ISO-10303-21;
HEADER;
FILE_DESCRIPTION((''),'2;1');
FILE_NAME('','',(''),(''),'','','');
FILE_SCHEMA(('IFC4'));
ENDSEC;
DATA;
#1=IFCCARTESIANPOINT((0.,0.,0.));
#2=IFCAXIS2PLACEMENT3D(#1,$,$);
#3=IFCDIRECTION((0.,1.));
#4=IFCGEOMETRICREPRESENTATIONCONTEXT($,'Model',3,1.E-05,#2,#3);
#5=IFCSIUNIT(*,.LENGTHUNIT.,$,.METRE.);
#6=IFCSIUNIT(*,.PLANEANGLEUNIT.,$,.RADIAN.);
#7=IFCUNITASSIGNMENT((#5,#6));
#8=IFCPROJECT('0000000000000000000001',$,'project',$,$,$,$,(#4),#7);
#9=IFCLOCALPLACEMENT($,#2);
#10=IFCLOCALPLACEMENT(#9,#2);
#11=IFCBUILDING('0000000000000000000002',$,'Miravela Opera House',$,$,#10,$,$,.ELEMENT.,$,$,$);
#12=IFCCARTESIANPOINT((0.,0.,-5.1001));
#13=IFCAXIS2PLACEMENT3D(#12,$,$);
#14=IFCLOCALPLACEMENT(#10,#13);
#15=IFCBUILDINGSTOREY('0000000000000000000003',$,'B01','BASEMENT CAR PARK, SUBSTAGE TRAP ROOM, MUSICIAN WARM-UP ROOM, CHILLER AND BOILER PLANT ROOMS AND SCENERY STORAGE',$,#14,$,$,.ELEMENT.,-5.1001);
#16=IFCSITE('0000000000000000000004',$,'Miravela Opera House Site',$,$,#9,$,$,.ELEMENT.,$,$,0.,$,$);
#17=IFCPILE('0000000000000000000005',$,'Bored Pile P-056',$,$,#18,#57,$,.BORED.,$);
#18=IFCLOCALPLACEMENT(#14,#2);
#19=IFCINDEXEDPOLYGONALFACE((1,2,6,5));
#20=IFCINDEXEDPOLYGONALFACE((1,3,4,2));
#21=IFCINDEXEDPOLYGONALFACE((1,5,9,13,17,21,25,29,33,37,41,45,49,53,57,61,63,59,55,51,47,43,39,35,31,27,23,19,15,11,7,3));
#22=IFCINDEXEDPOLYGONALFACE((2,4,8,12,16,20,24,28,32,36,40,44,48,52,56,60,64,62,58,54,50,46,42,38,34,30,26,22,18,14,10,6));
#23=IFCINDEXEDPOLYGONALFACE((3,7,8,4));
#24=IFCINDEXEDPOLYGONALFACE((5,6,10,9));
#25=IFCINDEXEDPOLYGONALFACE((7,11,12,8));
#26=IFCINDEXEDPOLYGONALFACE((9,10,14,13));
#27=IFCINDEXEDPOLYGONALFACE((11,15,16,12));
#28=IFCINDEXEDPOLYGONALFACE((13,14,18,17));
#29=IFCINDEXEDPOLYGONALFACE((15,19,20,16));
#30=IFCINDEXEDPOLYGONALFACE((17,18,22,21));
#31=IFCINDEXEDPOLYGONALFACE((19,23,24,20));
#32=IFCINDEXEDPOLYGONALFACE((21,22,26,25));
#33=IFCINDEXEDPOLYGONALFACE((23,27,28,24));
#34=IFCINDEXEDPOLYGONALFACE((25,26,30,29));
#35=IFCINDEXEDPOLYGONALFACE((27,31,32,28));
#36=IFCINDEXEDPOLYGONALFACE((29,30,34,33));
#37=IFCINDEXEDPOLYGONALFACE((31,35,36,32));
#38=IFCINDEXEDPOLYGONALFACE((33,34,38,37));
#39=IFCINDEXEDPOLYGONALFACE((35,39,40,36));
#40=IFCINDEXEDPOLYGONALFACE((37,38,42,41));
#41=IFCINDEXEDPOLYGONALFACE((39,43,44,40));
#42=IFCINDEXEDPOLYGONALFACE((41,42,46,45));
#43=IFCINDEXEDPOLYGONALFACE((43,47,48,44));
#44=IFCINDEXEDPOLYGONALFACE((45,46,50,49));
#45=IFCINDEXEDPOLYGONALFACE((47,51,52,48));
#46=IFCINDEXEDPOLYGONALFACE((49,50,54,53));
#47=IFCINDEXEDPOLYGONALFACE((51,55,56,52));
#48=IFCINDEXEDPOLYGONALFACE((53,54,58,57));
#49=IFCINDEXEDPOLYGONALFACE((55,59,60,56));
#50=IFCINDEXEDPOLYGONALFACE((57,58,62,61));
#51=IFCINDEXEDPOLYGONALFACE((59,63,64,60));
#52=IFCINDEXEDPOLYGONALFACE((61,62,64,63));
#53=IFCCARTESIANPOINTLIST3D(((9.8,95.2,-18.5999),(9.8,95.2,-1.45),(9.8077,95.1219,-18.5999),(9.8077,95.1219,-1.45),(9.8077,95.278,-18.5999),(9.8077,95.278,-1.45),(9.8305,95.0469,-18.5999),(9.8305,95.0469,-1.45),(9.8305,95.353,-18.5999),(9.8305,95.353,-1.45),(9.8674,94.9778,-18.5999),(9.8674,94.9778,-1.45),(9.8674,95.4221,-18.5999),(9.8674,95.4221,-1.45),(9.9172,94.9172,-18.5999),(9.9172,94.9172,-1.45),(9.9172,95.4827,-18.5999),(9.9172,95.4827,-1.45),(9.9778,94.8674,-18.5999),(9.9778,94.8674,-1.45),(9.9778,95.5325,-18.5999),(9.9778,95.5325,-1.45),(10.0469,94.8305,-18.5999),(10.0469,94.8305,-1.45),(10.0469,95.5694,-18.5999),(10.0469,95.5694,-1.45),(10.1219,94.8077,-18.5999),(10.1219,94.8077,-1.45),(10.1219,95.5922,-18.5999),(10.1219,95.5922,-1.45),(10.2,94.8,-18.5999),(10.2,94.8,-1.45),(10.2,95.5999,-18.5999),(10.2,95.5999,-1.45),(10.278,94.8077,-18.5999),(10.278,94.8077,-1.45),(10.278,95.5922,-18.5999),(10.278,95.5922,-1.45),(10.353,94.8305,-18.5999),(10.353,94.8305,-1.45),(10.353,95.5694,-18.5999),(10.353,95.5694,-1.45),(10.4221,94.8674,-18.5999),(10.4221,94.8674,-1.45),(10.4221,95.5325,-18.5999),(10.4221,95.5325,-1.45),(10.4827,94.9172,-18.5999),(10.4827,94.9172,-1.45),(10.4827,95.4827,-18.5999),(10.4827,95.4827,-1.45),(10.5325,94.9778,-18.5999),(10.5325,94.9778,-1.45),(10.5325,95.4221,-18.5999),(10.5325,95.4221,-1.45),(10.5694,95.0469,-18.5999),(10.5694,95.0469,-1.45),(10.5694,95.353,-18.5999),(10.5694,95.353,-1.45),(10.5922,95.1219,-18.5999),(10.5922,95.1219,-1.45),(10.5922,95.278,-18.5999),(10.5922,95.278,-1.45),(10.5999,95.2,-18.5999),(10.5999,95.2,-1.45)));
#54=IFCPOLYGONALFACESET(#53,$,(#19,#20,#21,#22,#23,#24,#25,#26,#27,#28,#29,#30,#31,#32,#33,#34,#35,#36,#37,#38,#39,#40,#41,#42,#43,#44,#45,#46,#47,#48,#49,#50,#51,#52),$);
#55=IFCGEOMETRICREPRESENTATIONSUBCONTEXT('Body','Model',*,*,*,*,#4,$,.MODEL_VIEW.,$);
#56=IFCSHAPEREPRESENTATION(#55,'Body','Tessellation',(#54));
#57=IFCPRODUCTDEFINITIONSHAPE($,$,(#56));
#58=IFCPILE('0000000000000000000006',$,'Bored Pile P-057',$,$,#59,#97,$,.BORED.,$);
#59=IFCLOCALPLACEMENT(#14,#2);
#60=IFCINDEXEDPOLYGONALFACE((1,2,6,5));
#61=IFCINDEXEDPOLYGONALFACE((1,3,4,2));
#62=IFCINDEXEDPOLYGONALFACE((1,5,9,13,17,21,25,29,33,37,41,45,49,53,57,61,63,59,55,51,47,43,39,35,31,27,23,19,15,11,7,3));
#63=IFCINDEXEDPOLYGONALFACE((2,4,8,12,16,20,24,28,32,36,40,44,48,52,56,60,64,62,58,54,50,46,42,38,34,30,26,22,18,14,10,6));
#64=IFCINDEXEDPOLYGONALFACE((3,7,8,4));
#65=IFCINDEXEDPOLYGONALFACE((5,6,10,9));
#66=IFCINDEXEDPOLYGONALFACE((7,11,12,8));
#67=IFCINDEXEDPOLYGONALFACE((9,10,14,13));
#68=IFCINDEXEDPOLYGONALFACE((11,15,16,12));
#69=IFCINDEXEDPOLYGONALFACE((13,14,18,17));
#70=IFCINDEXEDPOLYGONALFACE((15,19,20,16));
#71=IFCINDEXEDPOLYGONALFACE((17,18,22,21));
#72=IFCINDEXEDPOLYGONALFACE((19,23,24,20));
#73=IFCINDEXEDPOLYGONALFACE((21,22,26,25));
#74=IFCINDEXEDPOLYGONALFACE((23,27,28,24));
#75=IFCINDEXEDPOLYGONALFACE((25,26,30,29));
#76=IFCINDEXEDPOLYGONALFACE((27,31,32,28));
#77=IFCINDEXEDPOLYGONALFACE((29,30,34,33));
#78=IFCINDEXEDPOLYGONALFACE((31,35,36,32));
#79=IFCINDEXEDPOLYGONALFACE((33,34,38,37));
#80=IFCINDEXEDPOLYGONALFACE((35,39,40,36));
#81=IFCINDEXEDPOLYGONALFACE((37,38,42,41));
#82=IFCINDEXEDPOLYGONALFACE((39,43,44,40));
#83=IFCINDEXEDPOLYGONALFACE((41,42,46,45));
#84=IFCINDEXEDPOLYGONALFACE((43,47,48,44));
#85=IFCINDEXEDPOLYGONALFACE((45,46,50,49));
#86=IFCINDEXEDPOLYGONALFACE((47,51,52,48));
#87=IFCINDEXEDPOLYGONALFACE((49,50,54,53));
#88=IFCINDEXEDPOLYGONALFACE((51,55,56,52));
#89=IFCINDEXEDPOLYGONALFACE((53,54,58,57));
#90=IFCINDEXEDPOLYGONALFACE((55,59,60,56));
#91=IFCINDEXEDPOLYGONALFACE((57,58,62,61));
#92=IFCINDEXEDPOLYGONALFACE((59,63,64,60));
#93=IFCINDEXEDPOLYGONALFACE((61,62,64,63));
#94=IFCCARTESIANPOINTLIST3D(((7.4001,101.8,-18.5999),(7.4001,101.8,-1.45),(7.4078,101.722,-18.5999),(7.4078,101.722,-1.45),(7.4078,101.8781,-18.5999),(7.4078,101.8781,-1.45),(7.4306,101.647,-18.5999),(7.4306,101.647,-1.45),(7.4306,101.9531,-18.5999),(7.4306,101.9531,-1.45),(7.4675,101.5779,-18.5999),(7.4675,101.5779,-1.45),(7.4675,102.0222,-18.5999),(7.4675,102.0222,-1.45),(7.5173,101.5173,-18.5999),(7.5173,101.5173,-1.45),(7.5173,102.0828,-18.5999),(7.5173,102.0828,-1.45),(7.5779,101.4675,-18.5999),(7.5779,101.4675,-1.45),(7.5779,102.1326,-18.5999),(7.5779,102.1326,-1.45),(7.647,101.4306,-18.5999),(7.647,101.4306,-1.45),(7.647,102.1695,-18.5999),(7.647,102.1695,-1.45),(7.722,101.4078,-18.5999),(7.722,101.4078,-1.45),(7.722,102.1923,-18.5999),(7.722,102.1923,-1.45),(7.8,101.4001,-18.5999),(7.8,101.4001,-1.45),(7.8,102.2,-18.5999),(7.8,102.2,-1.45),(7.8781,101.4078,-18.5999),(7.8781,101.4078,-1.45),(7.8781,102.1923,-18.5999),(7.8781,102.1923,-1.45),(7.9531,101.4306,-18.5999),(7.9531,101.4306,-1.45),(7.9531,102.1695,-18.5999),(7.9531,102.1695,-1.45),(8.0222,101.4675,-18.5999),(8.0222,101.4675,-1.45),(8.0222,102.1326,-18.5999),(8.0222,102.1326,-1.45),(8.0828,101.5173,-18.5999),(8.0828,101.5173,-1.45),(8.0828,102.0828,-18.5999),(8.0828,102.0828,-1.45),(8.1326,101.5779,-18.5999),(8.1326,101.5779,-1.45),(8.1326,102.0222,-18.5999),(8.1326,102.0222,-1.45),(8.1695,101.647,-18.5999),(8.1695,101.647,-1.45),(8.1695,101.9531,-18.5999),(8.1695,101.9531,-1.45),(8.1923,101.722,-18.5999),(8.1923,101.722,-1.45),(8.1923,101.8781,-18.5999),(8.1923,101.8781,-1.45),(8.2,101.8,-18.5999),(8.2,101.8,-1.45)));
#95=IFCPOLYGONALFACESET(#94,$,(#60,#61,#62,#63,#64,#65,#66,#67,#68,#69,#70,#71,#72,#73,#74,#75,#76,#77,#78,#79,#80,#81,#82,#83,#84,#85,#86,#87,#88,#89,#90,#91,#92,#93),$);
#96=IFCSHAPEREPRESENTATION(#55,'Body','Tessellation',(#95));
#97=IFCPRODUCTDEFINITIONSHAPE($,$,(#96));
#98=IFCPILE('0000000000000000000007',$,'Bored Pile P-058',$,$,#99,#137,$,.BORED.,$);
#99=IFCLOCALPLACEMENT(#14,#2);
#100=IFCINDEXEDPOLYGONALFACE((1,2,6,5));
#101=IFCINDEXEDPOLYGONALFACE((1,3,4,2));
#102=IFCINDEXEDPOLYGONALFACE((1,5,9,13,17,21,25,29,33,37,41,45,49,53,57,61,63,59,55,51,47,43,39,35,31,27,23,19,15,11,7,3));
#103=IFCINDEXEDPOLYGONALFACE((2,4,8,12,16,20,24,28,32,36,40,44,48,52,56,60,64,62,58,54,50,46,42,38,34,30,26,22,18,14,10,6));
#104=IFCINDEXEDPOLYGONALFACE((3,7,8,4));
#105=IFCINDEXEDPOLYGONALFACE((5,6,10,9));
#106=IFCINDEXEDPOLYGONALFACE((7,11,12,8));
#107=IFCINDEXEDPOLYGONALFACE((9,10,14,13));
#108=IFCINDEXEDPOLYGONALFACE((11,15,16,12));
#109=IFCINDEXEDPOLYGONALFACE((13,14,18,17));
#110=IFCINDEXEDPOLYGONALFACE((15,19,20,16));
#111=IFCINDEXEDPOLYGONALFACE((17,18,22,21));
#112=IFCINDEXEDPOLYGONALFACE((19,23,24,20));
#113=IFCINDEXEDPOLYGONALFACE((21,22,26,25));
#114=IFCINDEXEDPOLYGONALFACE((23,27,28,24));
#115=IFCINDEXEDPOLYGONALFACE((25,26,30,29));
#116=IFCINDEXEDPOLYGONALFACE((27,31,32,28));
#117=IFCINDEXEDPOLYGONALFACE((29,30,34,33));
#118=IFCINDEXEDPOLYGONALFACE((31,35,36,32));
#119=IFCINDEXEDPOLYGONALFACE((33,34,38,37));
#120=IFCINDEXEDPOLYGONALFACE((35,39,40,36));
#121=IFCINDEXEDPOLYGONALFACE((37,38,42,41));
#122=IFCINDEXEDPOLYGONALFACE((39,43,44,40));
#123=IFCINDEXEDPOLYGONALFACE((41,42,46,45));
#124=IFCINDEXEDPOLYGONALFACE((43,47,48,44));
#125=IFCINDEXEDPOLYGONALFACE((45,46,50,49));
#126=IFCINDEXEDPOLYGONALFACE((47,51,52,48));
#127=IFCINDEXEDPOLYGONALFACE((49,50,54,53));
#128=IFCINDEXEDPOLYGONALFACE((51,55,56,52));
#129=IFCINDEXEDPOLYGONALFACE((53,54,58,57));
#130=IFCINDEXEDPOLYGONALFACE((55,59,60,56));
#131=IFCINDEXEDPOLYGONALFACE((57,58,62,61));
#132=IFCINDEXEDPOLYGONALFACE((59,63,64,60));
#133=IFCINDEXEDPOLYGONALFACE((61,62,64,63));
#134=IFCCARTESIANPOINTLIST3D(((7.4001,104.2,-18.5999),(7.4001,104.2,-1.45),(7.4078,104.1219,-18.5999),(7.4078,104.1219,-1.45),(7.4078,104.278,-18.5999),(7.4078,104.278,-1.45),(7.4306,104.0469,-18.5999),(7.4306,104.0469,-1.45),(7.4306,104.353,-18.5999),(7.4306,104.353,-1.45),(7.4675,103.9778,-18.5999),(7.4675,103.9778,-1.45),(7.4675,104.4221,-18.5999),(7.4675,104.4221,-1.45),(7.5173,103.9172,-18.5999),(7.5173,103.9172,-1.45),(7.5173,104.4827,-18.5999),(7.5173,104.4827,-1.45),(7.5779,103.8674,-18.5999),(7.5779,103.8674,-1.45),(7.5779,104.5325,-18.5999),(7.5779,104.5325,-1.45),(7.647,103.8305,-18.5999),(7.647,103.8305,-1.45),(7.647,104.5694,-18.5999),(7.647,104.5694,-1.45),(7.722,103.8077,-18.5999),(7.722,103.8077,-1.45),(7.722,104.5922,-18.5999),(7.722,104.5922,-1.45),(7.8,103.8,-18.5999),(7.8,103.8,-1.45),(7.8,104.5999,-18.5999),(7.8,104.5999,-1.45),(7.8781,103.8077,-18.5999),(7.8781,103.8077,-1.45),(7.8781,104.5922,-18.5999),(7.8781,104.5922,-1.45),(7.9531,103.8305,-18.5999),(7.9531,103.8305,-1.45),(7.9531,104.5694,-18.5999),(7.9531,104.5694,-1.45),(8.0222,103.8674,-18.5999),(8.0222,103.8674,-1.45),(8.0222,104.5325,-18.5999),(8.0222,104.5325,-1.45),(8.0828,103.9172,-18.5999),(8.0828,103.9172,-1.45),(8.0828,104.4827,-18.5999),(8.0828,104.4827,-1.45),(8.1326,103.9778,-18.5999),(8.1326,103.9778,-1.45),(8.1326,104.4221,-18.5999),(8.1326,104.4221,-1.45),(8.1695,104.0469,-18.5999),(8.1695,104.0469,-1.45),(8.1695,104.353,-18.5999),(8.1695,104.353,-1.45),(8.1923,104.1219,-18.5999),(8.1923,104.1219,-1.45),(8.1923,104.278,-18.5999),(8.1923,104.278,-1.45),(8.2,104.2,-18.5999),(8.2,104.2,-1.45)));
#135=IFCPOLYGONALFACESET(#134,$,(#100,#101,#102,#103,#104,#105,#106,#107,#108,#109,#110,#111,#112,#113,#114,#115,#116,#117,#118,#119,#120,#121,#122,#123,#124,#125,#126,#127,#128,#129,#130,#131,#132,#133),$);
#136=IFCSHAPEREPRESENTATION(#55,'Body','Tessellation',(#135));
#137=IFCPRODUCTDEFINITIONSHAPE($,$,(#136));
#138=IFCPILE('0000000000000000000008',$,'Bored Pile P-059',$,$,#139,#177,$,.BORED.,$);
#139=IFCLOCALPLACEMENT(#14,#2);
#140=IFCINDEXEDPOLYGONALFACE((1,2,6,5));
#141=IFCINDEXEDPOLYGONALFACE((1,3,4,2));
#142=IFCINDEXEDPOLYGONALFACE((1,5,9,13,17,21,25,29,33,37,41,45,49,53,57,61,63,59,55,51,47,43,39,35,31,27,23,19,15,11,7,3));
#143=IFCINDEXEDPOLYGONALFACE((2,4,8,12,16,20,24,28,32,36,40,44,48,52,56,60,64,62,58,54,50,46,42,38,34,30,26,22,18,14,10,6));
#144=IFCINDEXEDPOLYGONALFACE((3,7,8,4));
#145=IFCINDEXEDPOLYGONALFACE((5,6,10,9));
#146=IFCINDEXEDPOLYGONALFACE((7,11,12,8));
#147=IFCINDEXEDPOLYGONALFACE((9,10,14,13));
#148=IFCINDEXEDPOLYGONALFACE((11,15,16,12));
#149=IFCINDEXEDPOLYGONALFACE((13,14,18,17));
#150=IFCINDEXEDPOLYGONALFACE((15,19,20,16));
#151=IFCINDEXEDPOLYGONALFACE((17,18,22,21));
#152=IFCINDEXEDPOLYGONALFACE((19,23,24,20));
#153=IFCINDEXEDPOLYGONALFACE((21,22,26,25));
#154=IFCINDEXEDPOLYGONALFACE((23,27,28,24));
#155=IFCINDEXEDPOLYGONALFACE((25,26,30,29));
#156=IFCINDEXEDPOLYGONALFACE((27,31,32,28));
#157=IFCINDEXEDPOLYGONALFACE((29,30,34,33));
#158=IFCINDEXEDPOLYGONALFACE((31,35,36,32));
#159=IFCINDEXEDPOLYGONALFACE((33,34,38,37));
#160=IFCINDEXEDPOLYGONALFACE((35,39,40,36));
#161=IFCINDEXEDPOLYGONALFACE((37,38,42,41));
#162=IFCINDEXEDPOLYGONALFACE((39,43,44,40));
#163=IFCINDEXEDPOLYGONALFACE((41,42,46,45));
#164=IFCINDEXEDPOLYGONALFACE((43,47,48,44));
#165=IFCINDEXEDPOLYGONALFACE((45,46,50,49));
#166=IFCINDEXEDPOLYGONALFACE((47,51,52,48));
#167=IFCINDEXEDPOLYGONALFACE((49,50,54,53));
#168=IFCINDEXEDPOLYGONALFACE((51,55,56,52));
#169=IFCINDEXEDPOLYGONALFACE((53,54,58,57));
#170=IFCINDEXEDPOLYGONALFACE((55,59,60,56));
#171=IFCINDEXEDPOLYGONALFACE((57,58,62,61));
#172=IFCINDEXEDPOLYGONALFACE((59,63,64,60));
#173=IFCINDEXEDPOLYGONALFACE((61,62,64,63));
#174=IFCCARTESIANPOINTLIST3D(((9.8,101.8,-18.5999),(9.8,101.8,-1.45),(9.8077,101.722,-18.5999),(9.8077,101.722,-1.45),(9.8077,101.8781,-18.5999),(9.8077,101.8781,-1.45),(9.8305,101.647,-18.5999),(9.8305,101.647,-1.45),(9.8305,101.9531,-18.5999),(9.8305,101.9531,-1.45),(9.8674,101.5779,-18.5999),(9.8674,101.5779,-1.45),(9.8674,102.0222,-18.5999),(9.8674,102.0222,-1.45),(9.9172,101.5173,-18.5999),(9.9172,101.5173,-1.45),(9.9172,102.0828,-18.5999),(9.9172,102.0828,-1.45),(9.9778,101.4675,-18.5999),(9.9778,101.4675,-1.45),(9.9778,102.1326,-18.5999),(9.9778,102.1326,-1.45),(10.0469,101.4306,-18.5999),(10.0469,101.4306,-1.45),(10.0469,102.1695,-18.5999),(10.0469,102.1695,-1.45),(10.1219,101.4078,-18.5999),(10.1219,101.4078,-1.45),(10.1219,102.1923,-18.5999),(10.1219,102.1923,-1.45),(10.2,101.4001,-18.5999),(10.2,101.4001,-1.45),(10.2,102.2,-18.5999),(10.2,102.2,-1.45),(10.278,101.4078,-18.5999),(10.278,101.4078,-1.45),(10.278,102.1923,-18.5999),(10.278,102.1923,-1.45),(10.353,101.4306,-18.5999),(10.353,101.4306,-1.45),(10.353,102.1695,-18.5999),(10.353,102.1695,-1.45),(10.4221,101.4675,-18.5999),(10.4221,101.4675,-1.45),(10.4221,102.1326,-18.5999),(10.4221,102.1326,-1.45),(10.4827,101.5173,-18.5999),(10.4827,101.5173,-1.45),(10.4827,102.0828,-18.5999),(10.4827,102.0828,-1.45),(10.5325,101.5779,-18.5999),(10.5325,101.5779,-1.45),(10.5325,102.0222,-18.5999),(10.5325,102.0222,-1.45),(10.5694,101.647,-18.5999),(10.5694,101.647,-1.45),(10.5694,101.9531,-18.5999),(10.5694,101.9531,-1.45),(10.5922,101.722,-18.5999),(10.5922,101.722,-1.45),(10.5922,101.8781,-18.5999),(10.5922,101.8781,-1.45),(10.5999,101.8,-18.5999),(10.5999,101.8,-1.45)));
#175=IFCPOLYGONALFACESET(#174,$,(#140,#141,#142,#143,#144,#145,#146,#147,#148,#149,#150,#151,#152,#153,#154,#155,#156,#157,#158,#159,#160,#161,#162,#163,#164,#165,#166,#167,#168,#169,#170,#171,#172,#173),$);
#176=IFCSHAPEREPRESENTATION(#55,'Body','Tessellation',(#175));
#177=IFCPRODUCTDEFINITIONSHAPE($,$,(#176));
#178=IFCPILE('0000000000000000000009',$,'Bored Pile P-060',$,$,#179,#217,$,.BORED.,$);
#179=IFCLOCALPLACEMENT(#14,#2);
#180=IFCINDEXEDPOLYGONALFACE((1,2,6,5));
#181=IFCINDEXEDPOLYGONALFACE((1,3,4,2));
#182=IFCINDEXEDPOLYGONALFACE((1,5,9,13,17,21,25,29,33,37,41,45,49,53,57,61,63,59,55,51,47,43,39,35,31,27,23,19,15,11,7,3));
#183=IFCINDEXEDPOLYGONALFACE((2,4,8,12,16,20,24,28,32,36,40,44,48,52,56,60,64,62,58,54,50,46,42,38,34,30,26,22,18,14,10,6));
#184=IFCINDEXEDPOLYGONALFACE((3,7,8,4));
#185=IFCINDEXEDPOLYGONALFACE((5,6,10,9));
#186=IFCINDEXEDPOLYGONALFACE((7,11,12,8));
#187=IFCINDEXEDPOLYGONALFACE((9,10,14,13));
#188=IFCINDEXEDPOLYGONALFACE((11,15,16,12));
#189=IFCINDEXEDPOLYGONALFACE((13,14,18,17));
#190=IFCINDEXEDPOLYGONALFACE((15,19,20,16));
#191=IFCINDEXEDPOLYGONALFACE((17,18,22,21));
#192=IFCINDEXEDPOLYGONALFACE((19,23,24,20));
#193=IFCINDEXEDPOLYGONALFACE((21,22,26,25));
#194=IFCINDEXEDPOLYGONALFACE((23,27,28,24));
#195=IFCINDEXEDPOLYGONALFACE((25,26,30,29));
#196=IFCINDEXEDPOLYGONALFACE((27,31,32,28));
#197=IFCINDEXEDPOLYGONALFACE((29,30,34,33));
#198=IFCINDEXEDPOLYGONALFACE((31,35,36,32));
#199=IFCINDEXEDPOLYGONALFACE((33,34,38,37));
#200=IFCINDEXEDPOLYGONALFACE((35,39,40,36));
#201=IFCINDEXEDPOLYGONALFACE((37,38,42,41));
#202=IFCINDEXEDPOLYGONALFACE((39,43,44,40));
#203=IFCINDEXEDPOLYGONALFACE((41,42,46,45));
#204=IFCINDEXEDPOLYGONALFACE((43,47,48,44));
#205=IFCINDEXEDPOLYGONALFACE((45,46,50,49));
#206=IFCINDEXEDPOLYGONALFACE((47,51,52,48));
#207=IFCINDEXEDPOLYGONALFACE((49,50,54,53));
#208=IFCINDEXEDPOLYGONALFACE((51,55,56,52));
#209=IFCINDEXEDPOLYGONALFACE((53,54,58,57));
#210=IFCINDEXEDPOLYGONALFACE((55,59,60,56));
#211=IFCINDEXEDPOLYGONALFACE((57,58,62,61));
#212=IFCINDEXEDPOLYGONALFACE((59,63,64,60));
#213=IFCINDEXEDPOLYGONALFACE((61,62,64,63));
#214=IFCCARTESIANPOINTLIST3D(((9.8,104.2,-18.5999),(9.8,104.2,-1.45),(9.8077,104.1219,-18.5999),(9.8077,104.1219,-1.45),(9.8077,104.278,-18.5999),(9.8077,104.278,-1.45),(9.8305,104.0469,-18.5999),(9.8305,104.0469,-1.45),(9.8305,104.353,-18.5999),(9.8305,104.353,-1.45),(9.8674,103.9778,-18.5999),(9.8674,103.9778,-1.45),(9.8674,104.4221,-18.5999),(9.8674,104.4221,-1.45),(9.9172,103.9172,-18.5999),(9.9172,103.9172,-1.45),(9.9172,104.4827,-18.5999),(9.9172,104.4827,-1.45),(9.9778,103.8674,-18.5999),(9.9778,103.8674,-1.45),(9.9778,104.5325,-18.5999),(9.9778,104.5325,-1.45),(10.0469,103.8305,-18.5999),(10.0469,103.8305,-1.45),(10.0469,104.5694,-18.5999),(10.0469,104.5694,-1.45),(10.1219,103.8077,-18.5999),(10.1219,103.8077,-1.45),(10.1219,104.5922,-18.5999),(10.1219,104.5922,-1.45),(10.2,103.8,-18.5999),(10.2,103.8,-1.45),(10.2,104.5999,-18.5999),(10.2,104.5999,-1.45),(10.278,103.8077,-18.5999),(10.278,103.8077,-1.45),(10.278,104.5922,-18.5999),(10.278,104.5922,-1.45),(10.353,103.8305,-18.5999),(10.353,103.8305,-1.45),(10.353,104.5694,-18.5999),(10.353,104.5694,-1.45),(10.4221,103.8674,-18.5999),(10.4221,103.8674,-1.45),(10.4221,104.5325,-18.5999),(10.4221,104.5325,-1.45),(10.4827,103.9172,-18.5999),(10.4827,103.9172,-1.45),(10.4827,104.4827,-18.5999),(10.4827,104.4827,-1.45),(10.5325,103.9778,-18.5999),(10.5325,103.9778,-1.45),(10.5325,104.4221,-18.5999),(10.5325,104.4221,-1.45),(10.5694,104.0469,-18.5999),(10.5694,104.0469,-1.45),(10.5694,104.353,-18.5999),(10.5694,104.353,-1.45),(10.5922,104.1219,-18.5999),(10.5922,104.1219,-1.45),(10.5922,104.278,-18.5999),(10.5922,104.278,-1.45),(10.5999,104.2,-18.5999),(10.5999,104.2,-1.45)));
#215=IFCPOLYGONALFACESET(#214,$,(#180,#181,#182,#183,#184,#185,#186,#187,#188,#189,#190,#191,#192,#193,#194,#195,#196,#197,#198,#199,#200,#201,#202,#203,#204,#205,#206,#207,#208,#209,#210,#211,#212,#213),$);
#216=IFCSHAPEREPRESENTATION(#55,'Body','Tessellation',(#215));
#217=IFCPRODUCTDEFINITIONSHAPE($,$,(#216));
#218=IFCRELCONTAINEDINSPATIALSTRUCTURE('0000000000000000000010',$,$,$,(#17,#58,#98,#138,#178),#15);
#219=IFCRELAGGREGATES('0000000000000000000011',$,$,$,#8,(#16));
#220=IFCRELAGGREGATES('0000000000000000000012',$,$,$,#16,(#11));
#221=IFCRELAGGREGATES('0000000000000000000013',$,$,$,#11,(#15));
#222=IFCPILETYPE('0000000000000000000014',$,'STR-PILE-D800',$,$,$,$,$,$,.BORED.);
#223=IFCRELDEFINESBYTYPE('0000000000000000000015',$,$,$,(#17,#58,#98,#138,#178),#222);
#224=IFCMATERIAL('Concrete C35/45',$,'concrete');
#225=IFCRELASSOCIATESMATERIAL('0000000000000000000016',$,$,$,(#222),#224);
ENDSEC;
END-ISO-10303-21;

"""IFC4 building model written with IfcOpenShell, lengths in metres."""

from ifc_helpers import new_model, si_unit, direction, frame, origin, origin_2d, place, context, subcontext, project, spatial, circle, extrude, material, material_profile, profile_set, type_object, element, save


model = new_model("IFC4")

# Units and contexts
model_context = context("Model", 3, precision=1e-05, world=origin(), true_north=direction((0.0, 1.0)))
body_context = subcontext(model_context, "Body", "Model", "MODEL_VIEW")
ifc_project = project(units=[si_unit("LENGTHUNIT", "METRE"), si_unit("PLANEANGLEUNIT", "RADIAN")], contexts=[model_context])

# Site, building, storey
site_placement = place(None, origin())
site = spatial("IfcSite", under=ifc_project, at=site_placement, Name="Miravela Opera House Site", CompositionType="ELEMENT", RefElevation=0.0)
building_placement = place(site_placement, origin())
building = spatial("IfcBuilding", under=site, at=building_placement, Name="Miravela Opera House", CompositionType="ELEMENT")
storey_placement = place(building_placement, frame((0.0, 0.0, -5.1001)))
storey = spatial("IfcBuildingStorey", under=building, at=storey_placement, Name="B01", Description="BASEMENT CAR PARK, SUBSTAGE TRAP ROOM, MUSICIAN WARM-UP ROOM, CHILLER AND BOILER PLANT ROOMS AND SCENERY STORAGE", CompositionType="ELEMENT", Elevation=-5.1001)

# Shared definitions
ifc_material_1 = material(Name="Concrete C35/45", Category="concrete")

# Piles
ifc_material_profile_1 = material_profile(ifc_material_1, circle(Radius=0.3999, at=origin_2d()), Name="PILE-D800")
ifc_profile_set_1 = profile_set([ifc_material_profile_1])
pile_type_1 = type_object("IfcPileType", Name="STR-PILE-D800", PredefinedType="BORED", material=ifc_profile_set_1)
for number, where, z_axis, x_axis, name in (
    (1, (10.2, 95.2, -1.45), (0.0, 0.0, -1.0), (1.0, 0.0, 0.0), "Bored Pile P-056"),
    (2, (7.8, 101.8, -1.45), (0.0, 0.0, -1.0), (1.0, 0.0, 0.0), "Bored Pile P-057"),
    (3, (7.8, 104.2, -1.45), (0.0, 0.0, -1.0), (1.0, 0.0, 0.0), "Bored Pile P-058"),
    (4, (10.2, 101.8, -1.45), (0.0, 0.0, -1.0), (1.0, 0.0, 0.0), "Bored Pile P-059"),
    (5, (10.2, 104.2, -1.45), (0.0, 0.0, -1.0), (1.0, 0.0, 0.0), "Bored Pile P-060"),
):
    element("IfcPile", number, at=place(storey_placement, frame(where, z_axis=z_axis, x_axis=x_axis)), inside=storey, type_object=pile_type_1, Name=name, PredefinedType="BORED", context=body_context, shape_type="SweptSolid", body=[
        extrude(circle(Radius=0.3999, at=origin_2d()), origin(), (0.0, 0.0, 1.0), 17.1499),
    ])

save(model, "model.ifc")
